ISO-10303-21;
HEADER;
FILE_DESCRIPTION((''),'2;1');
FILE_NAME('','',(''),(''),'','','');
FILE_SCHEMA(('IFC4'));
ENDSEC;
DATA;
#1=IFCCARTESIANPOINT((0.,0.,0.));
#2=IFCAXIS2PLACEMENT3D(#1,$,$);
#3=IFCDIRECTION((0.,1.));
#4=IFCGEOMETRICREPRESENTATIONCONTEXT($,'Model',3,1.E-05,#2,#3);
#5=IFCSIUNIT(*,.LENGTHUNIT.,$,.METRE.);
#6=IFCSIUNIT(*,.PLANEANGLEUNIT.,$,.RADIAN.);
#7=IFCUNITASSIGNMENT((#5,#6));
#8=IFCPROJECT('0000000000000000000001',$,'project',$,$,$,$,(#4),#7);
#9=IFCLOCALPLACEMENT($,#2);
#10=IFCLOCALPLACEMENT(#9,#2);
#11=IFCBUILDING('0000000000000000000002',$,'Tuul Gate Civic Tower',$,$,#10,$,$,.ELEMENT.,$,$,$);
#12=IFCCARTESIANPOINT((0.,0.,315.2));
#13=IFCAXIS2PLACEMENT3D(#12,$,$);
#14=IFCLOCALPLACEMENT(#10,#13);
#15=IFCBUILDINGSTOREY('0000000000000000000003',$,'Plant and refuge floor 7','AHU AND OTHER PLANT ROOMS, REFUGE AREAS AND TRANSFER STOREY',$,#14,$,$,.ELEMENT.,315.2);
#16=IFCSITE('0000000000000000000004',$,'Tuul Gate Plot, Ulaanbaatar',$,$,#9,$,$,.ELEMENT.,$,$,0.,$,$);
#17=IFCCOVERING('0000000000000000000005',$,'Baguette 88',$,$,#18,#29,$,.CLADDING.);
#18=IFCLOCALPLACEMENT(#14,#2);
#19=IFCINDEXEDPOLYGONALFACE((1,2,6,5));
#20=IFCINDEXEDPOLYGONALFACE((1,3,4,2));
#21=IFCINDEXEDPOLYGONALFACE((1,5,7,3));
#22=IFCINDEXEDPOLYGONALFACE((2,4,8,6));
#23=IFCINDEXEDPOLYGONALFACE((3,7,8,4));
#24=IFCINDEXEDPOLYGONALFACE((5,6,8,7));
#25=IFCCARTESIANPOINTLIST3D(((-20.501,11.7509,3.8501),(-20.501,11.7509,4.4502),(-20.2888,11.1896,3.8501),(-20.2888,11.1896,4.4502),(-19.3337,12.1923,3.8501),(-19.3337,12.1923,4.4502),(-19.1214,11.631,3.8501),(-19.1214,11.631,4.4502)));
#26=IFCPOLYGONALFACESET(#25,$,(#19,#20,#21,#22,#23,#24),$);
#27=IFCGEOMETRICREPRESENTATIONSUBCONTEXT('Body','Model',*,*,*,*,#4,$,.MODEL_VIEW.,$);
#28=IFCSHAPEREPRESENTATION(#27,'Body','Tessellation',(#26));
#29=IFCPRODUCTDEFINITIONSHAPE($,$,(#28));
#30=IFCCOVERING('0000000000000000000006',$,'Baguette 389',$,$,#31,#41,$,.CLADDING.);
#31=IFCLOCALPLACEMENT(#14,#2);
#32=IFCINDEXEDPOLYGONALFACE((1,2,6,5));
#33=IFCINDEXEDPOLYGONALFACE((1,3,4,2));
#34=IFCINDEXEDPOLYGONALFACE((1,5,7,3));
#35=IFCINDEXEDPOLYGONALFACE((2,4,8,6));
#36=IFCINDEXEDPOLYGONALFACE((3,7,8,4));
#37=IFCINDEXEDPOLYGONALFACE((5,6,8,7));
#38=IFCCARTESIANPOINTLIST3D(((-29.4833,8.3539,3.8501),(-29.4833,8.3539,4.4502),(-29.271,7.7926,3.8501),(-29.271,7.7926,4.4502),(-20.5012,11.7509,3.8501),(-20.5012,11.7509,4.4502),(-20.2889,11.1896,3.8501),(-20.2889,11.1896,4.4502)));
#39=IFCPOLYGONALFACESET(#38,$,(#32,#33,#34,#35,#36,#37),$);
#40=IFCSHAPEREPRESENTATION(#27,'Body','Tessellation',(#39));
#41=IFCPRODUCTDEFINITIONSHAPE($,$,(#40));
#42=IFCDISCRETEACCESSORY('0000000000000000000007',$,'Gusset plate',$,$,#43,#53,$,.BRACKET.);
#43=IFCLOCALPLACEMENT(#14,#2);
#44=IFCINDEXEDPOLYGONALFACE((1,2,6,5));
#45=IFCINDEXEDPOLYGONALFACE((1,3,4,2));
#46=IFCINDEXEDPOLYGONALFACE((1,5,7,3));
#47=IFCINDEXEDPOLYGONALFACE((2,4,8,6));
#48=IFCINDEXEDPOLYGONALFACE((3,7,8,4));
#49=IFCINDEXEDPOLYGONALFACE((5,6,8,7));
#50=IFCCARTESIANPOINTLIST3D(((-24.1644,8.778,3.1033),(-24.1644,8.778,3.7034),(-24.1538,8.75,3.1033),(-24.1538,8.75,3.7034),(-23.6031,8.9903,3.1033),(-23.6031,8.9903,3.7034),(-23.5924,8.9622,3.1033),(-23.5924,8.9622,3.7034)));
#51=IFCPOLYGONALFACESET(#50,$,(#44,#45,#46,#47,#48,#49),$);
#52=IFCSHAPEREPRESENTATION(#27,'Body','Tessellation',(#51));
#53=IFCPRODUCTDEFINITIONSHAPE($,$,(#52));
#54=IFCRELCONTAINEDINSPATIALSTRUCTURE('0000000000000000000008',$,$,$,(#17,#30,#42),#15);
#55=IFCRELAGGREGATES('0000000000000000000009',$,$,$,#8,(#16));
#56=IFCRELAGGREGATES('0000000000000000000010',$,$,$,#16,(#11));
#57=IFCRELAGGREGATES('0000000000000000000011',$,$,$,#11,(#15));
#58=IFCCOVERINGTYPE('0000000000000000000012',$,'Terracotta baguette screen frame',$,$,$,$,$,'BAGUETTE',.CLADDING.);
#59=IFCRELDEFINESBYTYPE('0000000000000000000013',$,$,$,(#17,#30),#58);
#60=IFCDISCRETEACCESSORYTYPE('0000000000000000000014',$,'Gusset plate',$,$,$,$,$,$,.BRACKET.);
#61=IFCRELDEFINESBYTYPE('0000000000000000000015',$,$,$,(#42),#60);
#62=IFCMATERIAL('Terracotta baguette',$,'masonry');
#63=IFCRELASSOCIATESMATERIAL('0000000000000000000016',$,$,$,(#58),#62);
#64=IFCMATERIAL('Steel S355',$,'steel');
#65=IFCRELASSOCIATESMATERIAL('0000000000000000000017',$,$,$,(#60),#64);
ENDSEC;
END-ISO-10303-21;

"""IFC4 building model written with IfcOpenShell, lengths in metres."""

from ifc_helpers import new_model, si_unit, direction, frame, origin, origin_2d, place, context, subcontext, project, spatial, rectangle, extrude, material, material_profile, profile_set, type_object, element, save


model = new_model("IFC4")

# Units and contexts
model_context = context("Model", 3, precision=1e-05, world=origin(), true_north=direction((0.0, 1.0)))
body_context = subcontext(model_context, "Body", "Model", "MODEL_VIEW")
ifc_project = project(units=[si_unit("LENGTHUNIT", "METRE"), si_unit("PLANEANGLEUNIT", "RADIAN")], contexts=[model_context])

# Site, building, storey
site_placement = place(None, origin())
site = spatial("IfcSite", under=ifc_project, at=site_placement, Name="Tuul Gate Plot, Ulaanbaatar", CompositionType="ELEMENT", RefElevation=0.0)
building_placement = place(site_placement, origin())
building = spatial("IfcBuilding", under=site, at=building_placement, Name="Tuul Gate Civic Tower", CompositionType="ELEMENT")
storey_placement = place(building_placement, frame((0.0, 0.0, 315.2)))
storey = spatial("IfcBuildingStorey", under=building, at=storey_placement, Name="Plant and refuge floor 7", Description="AHU AND OTHER PLANT ROOMS, REFUGE AREAS AND TRANSFER STOREY", CompositionType="ELEMENT", Elevation=315.2)

# Coverings
ifc_material_1 = material(Name="Terracotta baguette", Category="masonry")
ifc_material_profile_1 = material_profile(ifc_material_1, rectangle(XDim=0.6001, YDim=0.6001, at=origin_2d()), Name="Terracotta baguette screen frame")
ifc_profile_set_1 = profile_set([ifc_material_profile_1], Name="Terracotta baguette")
covering_type = type_object("IfcCoveringType", Name="Terracotta baguette screen frame", ElementType="BAGUETTE", PredefinedType="CLADDING", material=ifc_profile_set_1)
covering_1_placement = place(storey_placement, frame((-19.2275, 11.9116, 4.1501), z_axis=(-0.935377, -0.353652, 0.0), x_axis=(0.353652, -0.935377, 0.0)))
element("IfcCovering", 1, at=covering_1_placement, inside=storey, type_object=covering_type, Name="Baguette 88", PredefinedType="CLADDING", context=body_context, shape_type="SweptSolid", body=[
    extrude(rectangle(XDim=0.6001, YDim=0.6001, at=origin_2d()), origin(), (0.0, 0.0, 1.0), 1.248),
])
covering_2_placement = place(storey_placement, frame((-20.395, 11.4702, 4.1501), z_axis=(-0.935344, -0.353738, 0.0), x_axis=(0.353738, -0.935344, 0.0)))
element("IfcCovering", 2, at=covering_2_placement, inside=storey, type_object=covering_type, Name="Baguette 389", PredefinedType="CLADDING", context=body_context, shape_type="SweptSolid", body=[
    extrude(rectangle(XDim=0.6001, YDim=0.6001, at=origin_2d()), origin(), (0.0, 0.0, 1.0), 9.603),
])

# Discrete accessory
ifc_material_2 = material(Name="Steel S355", Category="steel")
discrete_accessory_type = type_object("IfcDiscreteAccessoryType", Name="Gusset plate", PredefinedType="BRACKET", material=ifc_material_2)
discrete_accessory_placement = place(storey_placement, frame((-23.8784, 8.8701, 3.1033), z_axis=(0.0, 0.0, 1.0), x_axis=(0.935375, 0.353657, 0.0)))
element("IfcDiscreteAccessory", 3, at=discrete_accessory_placement, inside=storey, type_object=discrete_accessory_type, Name="Gusset plate", PredefinedType="BRACKET", context=body_context, shape_type="SweptSolid", body=[
    extrude(rectangle(XDim=0.6001, YDim=0.03, at=origin_2d()), origin(), (0.0, 0.0, 1.0), 0.6001),
])

save(model, "model.ifc")
